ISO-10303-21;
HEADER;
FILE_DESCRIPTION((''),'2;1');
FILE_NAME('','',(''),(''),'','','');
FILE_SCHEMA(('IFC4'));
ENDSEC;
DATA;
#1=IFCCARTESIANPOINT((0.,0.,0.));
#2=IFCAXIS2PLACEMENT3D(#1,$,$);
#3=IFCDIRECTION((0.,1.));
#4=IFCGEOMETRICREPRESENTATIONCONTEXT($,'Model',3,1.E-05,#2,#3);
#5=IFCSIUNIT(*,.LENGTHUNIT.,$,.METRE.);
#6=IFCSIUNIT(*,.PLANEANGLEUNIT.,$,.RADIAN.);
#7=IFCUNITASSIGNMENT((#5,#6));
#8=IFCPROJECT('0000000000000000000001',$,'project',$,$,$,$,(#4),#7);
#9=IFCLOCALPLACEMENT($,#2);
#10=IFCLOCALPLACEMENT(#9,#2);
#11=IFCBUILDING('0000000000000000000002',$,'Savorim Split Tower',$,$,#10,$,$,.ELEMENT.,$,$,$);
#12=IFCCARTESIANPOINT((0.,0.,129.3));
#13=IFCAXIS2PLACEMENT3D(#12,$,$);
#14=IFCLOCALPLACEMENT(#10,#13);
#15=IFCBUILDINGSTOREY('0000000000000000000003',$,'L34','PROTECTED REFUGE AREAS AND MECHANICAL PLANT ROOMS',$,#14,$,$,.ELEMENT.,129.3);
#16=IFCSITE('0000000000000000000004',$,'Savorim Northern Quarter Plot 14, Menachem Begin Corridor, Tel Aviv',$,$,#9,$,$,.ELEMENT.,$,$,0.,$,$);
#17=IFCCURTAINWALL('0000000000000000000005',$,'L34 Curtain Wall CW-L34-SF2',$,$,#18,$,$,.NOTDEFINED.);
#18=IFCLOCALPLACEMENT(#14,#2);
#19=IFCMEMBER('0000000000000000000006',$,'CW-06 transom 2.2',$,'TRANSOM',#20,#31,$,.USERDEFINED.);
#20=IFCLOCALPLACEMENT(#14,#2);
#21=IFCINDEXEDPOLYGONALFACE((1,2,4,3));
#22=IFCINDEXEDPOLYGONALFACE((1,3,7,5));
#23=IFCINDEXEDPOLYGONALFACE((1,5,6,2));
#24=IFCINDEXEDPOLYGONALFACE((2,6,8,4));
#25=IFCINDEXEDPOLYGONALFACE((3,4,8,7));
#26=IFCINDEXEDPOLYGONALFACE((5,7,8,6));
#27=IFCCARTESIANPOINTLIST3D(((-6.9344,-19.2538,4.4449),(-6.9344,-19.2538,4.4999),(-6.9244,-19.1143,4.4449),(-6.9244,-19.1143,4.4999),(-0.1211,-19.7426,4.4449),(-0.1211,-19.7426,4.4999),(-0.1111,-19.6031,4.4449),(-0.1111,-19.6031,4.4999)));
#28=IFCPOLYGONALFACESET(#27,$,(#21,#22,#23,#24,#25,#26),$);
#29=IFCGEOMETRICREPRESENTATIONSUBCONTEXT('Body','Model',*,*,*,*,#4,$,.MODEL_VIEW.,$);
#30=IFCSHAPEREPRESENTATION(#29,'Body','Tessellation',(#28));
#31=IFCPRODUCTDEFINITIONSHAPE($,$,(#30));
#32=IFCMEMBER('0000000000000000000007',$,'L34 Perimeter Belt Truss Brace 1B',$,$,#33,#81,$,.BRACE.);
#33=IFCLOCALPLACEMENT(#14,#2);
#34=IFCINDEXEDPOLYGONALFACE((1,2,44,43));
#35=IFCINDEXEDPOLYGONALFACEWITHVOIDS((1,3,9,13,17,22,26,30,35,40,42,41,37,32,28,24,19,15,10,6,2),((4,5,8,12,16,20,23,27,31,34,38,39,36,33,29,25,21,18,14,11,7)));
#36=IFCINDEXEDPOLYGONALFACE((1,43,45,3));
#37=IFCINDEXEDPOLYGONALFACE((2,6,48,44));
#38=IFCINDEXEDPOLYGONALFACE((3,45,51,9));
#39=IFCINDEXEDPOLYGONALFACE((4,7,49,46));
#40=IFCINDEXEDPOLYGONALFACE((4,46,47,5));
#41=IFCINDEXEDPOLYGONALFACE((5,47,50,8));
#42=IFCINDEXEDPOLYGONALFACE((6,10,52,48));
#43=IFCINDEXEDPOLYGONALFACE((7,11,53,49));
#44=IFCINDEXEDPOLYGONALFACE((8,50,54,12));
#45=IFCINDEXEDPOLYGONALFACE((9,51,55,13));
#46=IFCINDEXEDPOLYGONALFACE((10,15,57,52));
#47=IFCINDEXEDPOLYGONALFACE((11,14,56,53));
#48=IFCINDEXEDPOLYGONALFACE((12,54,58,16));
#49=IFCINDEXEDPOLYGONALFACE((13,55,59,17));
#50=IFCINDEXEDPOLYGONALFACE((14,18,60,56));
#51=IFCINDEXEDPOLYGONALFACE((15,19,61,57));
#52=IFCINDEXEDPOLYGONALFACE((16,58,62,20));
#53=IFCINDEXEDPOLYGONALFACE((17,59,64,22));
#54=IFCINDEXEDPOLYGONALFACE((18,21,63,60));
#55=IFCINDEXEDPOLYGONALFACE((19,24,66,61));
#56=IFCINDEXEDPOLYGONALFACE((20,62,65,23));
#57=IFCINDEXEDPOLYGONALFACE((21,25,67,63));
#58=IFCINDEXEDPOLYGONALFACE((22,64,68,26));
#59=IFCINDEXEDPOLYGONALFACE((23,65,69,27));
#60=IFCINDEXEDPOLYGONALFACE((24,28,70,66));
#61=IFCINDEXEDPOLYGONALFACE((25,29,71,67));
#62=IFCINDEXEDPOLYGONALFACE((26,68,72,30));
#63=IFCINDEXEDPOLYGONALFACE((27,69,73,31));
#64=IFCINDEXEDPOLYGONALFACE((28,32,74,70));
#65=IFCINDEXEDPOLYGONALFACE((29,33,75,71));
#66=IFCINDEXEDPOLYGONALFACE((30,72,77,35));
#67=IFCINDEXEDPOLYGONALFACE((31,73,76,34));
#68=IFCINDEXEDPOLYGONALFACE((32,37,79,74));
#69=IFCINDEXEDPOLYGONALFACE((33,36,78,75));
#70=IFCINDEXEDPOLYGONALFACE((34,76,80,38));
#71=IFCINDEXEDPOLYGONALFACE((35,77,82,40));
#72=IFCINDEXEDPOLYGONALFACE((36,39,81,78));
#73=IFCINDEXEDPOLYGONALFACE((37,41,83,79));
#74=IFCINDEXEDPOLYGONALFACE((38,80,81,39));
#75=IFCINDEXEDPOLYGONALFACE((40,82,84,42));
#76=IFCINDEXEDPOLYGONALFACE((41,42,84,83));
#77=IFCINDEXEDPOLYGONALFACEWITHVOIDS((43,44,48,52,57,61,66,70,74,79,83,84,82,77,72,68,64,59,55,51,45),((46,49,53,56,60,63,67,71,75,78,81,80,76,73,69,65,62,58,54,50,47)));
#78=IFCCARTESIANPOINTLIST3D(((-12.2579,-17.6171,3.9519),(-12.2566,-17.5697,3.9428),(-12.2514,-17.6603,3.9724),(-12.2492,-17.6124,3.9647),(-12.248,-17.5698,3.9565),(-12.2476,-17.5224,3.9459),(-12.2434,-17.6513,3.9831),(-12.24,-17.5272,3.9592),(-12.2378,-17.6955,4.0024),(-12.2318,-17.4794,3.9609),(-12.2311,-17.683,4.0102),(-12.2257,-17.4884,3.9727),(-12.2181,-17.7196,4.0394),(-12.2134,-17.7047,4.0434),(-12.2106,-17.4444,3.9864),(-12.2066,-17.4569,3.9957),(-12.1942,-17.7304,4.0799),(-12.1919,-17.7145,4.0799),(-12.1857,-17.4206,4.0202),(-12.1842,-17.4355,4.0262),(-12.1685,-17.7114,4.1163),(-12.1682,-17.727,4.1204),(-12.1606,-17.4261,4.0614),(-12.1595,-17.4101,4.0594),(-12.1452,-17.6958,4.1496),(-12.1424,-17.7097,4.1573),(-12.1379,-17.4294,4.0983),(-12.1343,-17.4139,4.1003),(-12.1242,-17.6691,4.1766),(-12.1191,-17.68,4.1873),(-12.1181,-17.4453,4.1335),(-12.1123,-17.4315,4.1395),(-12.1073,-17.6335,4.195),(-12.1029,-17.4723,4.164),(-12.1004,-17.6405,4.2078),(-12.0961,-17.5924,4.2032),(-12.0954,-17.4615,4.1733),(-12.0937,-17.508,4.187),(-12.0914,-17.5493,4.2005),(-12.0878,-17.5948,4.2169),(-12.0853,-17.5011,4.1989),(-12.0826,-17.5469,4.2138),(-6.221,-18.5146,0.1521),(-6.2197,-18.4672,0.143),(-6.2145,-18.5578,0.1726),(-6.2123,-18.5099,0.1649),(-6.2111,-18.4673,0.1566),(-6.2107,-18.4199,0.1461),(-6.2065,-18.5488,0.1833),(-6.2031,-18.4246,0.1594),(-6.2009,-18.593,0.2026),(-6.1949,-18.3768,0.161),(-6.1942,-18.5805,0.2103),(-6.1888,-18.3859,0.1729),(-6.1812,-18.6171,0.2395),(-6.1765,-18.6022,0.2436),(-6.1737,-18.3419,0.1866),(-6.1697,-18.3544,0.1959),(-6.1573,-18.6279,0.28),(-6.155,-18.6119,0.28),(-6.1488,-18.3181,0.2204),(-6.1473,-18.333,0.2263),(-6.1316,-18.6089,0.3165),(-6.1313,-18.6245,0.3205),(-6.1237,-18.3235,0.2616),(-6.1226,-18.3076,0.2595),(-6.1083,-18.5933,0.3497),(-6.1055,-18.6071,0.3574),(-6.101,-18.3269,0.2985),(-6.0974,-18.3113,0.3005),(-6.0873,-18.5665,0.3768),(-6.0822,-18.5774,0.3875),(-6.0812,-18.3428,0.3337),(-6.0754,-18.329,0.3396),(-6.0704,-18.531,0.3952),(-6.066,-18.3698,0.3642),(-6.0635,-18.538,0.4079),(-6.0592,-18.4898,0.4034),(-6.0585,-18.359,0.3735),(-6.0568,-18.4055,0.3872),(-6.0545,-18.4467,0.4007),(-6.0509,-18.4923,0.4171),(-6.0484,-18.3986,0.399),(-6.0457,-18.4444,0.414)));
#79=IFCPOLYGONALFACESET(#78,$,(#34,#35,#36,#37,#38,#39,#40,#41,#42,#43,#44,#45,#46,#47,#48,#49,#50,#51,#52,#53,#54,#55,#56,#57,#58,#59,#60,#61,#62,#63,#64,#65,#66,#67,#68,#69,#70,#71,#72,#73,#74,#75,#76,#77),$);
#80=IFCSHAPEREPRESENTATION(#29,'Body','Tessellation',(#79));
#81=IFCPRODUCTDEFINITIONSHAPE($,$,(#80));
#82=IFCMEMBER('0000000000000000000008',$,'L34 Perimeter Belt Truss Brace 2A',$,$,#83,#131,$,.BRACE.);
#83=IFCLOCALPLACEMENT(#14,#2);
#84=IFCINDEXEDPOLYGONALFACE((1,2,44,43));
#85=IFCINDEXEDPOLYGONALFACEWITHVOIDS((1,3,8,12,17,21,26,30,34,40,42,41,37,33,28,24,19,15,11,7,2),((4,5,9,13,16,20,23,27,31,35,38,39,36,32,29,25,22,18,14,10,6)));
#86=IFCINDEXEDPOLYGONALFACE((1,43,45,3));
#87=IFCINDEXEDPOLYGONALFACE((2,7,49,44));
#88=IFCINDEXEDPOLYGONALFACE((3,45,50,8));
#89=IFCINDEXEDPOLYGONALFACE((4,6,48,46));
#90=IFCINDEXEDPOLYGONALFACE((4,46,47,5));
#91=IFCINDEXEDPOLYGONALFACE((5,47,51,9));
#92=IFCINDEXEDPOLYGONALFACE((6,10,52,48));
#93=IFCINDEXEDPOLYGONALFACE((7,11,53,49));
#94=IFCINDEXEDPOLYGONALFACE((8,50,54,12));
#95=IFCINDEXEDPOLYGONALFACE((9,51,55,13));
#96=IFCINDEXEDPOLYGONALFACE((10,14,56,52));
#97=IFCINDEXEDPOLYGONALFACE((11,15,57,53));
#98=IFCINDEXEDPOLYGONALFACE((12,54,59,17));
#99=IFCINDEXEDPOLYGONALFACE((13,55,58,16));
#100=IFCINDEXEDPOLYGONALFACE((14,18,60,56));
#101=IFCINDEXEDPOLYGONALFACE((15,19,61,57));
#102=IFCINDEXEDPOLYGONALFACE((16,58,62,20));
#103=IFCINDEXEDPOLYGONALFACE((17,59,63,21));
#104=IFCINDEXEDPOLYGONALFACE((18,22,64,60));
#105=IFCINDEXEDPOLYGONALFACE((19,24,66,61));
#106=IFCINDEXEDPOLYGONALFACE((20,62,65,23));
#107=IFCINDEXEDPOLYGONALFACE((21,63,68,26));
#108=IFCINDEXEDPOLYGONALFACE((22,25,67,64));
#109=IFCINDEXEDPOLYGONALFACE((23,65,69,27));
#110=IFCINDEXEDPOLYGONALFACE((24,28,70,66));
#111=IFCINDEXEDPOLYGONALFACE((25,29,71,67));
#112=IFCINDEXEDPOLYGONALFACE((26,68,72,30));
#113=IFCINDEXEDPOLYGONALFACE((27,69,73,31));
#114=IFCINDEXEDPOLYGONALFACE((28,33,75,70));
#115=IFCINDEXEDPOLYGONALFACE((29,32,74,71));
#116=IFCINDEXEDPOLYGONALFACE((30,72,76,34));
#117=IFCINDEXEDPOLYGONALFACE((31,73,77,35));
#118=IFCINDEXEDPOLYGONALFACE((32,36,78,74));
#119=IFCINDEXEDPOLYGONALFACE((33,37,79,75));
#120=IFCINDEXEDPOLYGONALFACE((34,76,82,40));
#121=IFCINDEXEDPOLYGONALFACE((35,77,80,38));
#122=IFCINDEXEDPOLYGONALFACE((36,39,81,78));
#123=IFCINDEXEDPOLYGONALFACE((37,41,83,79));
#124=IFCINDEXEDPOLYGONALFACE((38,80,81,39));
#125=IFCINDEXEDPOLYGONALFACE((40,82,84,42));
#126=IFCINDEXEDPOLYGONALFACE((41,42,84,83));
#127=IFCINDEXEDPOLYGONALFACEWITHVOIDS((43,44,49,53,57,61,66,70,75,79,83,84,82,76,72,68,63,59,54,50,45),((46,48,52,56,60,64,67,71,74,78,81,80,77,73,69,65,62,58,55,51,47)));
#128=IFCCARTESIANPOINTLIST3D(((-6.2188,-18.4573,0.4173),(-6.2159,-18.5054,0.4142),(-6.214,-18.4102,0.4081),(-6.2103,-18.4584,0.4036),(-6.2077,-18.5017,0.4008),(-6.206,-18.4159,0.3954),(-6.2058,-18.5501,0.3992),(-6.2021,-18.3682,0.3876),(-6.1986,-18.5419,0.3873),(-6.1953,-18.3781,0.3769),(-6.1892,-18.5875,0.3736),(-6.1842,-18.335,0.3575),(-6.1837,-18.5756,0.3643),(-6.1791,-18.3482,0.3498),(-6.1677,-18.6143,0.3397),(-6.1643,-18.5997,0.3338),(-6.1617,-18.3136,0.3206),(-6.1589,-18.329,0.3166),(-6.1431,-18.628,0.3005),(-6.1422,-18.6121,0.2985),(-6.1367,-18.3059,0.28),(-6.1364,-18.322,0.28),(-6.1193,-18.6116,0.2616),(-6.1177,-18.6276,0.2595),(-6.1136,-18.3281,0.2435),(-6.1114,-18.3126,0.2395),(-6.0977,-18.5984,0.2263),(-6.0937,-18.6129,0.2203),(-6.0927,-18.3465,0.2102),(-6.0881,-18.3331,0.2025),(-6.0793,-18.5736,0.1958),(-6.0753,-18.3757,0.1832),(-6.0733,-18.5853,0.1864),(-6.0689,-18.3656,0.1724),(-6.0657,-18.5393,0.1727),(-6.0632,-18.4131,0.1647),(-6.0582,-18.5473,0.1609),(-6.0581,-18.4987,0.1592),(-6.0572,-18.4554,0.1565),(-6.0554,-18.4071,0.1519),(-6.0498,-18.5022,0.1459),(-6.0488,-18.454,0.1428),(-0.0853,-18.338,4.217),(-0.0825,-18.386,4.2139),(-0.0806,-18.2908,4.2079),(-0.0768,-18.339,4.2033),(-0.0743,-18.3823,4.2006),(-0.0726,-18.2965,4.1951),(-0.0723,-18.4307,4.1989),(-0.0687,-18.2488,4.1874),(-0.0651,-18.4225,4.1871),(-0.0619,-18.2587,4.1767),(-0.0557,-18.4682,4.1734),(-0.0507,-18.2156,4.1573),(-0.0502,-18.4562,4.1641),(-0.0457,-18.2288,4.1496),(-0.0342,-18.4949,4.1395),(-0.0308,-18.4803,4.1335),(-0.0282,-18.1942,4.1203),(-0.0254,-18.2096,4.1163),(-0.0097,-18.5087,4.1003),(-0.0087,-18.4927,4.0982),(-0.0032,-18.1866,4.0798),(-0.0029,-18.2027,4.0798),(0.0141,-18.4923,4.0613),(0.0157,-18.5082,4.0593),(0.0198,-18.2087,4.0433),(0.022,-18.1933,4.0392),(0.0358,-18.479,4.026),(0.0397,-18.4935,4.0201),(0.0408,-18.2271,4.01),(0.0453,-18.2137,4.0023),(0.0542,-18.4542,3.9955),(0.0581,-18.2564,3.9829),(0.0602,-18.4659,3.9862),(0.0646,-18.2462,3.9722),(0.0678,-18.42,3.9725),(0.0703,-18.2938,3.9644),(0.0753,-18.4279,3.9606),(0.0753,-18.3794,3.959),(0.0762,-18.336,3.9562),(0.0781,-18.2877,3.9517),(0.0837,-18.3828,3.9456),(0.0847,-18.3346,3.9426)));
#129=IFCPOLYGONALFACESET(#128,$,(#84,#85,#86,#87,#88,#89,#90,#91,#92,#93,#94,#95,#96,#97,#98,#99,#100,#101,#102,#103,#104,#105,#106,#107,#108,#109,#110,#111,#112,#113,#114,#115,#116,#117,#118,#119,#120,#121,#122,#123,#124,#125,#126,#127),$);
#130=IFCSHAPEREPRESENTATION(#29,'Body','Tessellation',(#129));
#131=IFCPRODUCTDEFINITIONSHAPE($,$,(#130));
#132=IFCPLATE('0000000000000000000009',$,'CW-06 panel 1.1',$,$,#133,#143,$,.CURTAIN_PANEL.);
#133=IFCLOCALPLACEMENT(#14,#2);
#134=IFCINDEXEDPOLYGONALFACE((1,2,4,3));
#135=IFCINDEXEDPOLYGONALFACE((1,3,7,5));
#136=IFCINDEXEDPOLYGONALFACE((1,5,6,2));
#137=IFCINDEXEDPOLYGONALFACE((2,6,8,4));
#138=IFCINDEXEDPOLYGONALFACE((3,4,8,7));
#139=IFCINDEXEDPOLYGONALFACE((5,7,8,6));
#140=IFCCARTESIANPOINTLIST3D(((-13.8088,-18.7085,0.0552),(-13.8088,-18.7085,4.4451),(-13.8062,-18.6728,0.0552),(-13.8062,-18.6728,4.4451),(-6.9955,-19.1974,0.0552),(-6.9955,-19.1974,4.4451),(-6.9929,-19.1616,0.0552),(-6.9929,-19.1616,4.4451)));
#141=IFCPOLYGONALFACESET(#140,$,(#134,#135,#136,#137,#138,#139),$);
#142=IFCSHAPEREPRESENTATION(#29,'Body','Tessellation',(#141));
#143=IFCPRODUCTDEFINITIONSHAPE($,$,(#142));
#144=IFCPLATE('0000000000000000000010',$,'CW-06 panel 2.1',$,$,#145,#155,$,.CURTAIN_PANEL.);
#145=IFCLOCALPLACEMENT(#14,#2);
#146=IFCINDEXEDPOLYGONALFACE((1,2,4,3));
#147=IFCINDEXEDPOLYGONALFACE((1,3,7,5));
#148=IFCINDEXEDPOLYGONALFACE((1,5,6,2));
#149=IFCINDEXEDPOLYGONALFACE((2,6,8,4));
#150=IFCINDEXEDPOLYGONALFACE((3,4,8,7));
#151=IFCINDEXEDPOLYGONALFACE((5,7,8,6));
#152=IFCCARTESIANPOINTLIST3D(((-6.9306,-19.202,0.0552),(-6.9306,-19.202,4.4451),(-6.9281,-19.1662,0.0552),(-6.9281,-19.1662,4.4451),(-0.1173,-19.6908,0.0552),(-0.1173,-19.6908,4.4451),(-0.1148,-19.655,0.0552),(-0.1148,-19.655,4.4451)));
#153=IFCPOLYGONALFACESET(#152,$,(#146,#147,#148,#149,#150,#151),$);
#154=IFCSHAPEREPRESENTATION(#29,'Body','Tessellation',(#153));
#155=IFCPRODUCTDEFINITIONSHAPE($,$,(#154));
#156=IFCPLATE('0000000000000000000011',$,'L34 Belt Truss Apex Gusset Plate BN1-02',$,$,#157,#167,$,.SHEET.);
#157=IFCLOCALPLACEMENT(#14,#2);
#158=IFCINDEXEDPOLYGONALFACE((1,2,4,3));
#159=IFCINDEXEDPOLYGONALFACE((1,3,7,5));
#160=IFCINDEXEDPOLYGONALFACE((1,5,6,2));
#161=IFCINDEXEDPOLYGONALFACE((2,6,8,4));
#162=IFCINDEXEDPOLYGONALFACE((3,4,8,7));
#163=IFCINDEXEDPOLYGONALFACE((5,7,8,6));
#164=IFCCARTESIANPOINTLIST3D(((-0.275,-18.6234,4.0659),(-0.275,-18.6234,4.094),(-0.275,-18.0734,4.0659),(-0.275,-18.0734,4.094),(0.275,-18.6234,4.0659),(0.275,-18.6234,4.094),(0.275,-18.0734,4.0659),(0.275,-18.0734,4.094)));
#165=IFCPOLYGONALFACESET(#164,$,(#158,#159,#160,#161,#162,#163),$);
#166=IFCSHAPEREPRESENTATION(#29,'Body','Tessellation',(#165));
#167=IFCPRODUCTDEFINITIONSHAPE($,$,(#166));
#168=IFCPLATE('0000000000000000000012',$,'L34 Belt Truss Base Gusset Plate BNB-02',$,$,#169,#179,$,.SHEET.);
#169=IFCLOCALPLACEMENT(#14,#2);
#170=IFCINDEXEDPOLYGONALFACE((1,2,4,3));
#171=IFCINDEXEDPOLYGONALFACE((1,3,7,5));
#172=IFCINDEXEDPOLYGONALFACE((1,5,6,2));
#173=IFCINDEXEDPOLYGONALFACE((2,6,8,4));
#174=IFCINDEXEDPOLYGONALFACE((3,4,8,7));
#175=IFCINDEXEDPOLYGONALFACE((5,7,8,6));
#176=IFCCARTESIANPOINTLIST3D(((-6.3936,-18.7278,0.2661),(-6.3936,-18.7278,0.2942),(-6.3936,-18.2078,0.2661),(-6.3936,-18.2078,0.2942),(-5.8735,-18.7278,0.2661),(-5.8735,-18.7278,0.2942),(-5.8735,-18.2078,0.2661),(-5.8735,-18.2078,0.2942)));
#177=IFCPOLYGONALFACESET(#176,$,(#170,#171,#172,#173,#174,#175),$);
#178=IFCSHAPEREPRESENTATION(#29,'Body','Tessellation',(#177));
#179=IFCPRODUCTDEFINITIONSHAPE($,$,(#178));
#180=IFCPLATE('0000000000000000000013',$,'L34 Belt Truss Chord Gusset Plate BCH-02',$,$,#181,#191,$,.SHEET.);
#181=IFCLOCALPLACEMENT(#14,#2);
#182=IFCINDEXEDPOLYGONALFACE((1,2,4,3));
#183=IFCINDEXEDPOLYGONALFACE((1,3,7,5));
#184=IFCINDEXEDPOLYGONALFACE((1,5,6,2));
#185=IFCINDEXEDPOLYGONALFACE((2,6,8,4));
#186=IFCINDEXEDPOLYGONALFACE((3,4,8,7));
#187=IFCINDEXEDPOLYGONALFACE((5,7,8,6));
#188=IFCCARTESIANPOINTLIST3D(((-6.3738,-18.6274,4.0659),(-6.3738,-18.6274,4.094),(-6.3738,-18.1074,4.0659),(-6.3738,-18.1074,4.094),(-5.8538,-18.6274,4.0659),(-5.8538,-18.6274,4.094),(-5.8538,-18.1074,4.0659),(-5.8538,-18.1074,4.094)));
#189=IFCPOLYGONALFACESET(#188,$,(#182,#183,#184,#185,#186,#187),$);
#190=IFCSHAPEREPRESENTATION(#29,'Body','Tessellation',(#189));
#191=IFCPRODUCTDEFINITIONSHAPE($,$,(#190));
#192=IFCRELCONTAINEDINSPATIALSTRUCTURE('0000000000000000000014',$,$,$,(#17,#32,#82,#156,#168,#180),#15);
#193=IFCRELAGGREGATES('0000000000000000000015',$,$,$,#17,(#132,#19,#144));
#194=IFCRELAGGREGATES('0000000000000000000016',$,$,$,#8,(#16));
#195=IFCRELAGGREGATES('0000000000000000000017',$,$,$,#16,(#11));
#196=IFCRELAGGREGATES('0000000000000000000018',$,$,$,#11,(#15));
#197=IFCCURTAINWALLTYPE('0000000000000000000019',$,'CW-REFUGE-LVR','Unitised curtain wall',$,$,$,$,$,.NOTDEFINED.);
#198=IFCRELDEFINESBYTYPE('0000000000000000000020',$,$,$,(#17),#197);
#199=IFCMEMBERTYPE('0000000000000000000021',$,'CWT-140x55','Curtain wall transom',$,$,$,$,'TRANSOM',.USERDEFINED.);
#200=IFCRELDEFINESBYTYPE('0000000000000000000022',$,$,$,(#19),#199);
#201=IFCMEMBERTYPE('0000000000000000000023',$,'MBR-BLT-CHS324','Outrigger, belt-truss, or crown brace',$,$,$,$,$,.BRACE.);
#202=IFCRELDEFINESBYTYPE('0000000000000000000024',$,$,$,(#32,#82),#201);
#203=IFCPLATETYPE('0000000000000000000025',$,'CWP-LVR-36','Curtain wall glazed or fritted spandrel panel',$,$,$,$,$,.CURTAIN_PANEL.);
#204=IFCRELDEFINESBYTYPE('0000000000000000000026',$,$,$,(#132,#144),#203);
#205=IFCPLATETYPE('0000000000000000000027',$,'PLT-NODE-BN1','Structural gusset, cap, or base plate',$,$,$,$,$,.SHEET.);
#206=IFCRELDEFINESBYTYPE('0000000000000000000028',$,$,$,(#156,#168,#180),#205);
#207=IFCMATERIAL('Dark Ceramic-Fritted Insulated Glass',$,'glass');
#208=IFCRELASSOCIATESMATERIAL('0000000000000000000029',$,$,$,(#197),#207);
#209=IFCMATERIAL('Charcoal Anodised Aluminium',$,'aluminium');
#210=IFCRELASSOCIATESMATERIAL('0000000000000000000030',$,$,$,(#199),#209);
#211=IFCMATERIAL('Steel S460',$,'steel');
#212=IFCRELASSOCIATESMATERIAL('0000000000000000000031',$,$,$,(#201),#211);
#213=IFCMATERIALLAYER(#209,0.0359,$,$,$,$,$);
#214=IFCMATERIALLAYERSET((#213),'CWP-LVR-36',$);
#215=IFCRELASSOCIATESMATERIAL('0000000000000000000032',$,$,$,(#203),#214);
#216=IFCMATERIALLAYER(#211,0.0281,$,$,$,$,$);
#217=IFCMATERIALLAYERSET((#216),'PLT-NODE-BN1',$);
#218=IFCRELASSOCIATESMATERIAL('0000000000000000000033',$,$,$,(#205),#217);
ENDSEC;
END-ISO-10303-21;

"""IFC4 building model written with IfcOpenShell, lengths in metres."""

from ifc_helpers import new_model, si_unit, direction, frame, origin, origin_2d, place, context, subcontext, project, spatial, rectangle, hollow_circle, extrude, material, layer, layer_set, material_profile, profile_set, type_object, element, aggregate, save


model = new_model("IFC4")

# Units and contexts
model_context = context("Model", 3, precision=1e-05, world=origin(), true_north=direction((0.0, 1.0)))
body_context = subcontext(model_context, "Body", "Model", "MODEL_VIEW")
ifc_project = project(units=[si_unit("LENGTHUNIT", "METRE"), si_unit("PLANEANGLEUNIT", "RADIAN")], contexts=[model_context])

# Site, building, storey
site_placement = place(None, origin())
site = spatial("IfcSite", under=ifc_project, at=site_placement, Name="Savorim Northern Quarter Plot 14, Menachem Begin Corridor, Tel Aviv", CompositionType="ELEMENT", RefElevation=0.0)
building_placement = place(site_placement, origin())
building = spatial("IfcBuilding", under=site, at=building_placement, Name="Savorim Split Tower", CompositionType="ELEMENT")
storey_placement = place(building_placement, frame((0.0, 0.0, 129.3)))
storey = spatial("IfcBuildingStorey", under=building, at=storey_placement, Name="L34", Description="PROTECTED REFUGE AREAS AND MECHANICAL PLANT ROOMS", CompositionType="ELEMENT", Elevation=129.3)

# Shared definitions
ifc_material_1 = material(Name="Steel S460", Category="steel")

# Curtain wall, member
ifc_material_2 = material(Name="Dark Ceramic-Fritted Insulated Glass", Category="glass")
curtain_wall_type = type_object("IfcCurtainWallType", Name="CW-REFUGE-LVR", Description="Unitised curtain wall", PredefinedType="NOTDEFINED", material=ifc_material_2)
curtain_wall_placement = place(storey_placement, origin())
curtain_wall = element("IfcCurtainWall", 1, at=curtain_wall_placement, inside=storey, type_object=curtain_wall_type, Name="L34 Curtain Wall CW-L34-SF2", PredefinedType="NOTDEFINED")
ifc_material_3 = material(Name="Charcoal Anodised Aluminium", Category="aluminium")
ifc_material_profile_1 = material_profile(ifc_material_3, rectangle(XDim=0.1399, YDim=0.0549, at=origin_2d()), Name="ALU-T 140x55")
ifc_profile_set_1 = profile_set([ifc_material_profile_1], Name="Charcoal Anodised Aluminium")
member_type_1 = type_object("IfcMemberType", Name="CWT-140x55", Description="Curtain wall transom", ElementType="TRANSOM", PredefinedType="USERDEFINED", material=ifc_profile_set_1)
member_1_placement = place(storey_placement, frame((-6.9294, -19.1841, 4.4724), z_axis=(0.997437, -0.071554, 0.0), x_axis=(0.071554, 0.997437, 0.0)))
member_1 = element("IfcMember", 2, at=member_1_placement, type_object=member_type_1, Name="CW-06 transom 2.2", ObjectType="TRANSOM", PredefinedType="USERDEFINED", context=body_context, shape_type="SweptSolid", body=[
    extrude(rectangle(XDim=0.1399, YDim=0.0549, at=origin_2d()), origin(), (0.0, 0.0, 1.0), 6.8308),
])

# Members
ifc_material_profile_2 = material_profile(ifc_material_1, hollow_circle(Radius=0.1619, WallThickness=0.0161, at=origin_2d()), Name="CHS 323.9x16")
ifc_profile_set_2 = profile_set([ifc_material_profile_2], Name="Steel S460")
member_type_2 = type_object("IfcMemberType", Name="MBR-BLT-CHS324", Description="Outrigger, belt-truss, or crown brace", PredefinedType="BRACE", material=ifc_profile_set_2)
member_2_placement = place(storey_placement, frame((-6.1335, -18.4678, 0.28), z_axis=(-0.839688, 0.124831, 0.528528), x_axis=(-0.147047, -0.989129, 0.0)))
element("IfcMember", 3, at=member_2_placement, inside=storey, type_object=member_type_2, Name="L34 Perimeter Belt Truss Brace 1B", PredefinedType="BRACE", context=body_context, shape_type="SweptSolid", body=[
    extrude(hollow_circle(Radius=0.1619, WallThickness=0.0161, at=origin_2d()), origin(), (0.0, 0.0, 1.0), 7.1895),
])
member_3_placement = place(storey_placement, frame((-6.1335, -18.4678, 0.28), z_axis=(0.849972, 0.016544, 0.526568), x_axis=(-0.019461, 0.999811, 0.0)))
element("IfcMember", 4, at=member_3_placement, inside=storey, type_object=member_type_2, Name="L34 Perimeter Belt Truss Brace 2A", PredefinedType="BRACE", context=body_context, shape_type="SweptSolid", body=[
    extrude(hollow_circle(Radius=0.1619, WallThickness=0.0161, at=origin_2d()), origin(), (0.0, 0.0, 1.0), 7.2161),
])

# Plates
ifc_layer_1 = layer(ifc_material_3, 0.0359)
ifc_layer_set_1 = layer_set([ifc_layer_1], Name="CWP-LVR-36")
plate_type_1 = type_object("IfcPlateType", Name="CWP-LVR-36", Description="Curtain wall glazed or fritted spandrel panel", PredefinedType="CURTAIN_PANEL", material=ifc_layer_set_1)
plate_1_placement = place(storey_placement, frame((-10.4009, -18.9351, 0.0552), z_axis=(0.0, 0.0, 1.0), x_axis=(0.997436, -0.071561, 0.0)))
plate_1 = element("IfcPlate", 5, at=plate_1_placement, type_object=plate_type_1, Name="CW-06 panel 1.1", PredefinedType="CURTAIN_PANEL", context=body_context, shape_type="SweptSolid", body=[
    extrude(rectangle(XDim=6.8308, YDim=0.0359, at=origin_2d()), origin(), (0.0, 0.0, 1.0), 4.3899),
])
plate_2_placement = place(storey_placement, frame((-3.5227, -19.4285, 0.0552), z_axis=(0.0, 0.0, 1.0), x_axis=(0.997436, -0.071561, 0.0)))
plate_2 = element("IfcPlate", 6, at=plate_2_placement, type_object=plate_type_1, Name="CW-06 panel 2.1", PredefinedType="CURTAIN_PANEL", context=body_context, shape_type="SweptSolid", body=[
    extrude(rectangle(XDim=6.8308, YDim=0.0359, at=origin_2d()), origin(), (0.0, 0.0, 1.0), 4.3899),
])
aggregate(curtain_wall, [plate_1, member_1, plate_2])

# Plates
ifc_layer_2 = layer(ifc_material_1, 0.0281)
ifc_layer_set_2 = layer_set([ifc_layer_2], Name="PLT-NODE-BN1")
plate_type_2 = type_object("IfcPlateType", Name="PLT-NODE-BN1", Description="Structural gusset, cap, or base plate", PredefinedType="SHEET", material=ifc_layer_set_2)
plate_3_placement = place(storey_placement, frame((0.0, -18.3484, 4.0659), z_axis=(0.0, 0.0, 1.0), x_axis=(1.0, 0.0, 0.0)))
element("IfcPlate", 7, at=plate_3_placement, inside=storey, type_object=plate_type_2, Name="L34 Belt Truss Apex Gusset Plate BN1-02", PredefinedType="SHEET", context=body_context, shape_type="SweptSolid", body=[
    extrude(rectangle(XDim=0.55, YDim=0.55, at=origin_2d()), origin(), (0.0, 0.0, 1.0), 0.0281),
])
for number, where, z_axis, x_axis, name in (
    (8, (-6.1335, -18.4678, 0.2661), (0.0, 0.0, 1.0), (1.0, 0.0, 0.0), "L34 Belt Truss Base Gusset Plate BNB-02"),
    (9, (-6.1138, -18.3674, 4.0659), (0.0, 0.0, 1.0), (1.0, 0.0, 0.0), "L34 Belt Truss Chord Gusset Plate BCH-02"),
):
    element("IfcPlate", number, at=place(storey_placement, frame(where, z_axis=z_axis, x_axis=x_axis)), inside=storey, type_object=plate_type_2, Name=name, PredefinedType="SHEET", context=body_context, shape_type="SweptSolid", body=[
        extrude(rectangle(XDim=0.52, YDim=0.52, at=origin_2d()), origin(), (0.0, 0.0, 1.0), 0.0281),
    ])

save(model, "model.ifc")
